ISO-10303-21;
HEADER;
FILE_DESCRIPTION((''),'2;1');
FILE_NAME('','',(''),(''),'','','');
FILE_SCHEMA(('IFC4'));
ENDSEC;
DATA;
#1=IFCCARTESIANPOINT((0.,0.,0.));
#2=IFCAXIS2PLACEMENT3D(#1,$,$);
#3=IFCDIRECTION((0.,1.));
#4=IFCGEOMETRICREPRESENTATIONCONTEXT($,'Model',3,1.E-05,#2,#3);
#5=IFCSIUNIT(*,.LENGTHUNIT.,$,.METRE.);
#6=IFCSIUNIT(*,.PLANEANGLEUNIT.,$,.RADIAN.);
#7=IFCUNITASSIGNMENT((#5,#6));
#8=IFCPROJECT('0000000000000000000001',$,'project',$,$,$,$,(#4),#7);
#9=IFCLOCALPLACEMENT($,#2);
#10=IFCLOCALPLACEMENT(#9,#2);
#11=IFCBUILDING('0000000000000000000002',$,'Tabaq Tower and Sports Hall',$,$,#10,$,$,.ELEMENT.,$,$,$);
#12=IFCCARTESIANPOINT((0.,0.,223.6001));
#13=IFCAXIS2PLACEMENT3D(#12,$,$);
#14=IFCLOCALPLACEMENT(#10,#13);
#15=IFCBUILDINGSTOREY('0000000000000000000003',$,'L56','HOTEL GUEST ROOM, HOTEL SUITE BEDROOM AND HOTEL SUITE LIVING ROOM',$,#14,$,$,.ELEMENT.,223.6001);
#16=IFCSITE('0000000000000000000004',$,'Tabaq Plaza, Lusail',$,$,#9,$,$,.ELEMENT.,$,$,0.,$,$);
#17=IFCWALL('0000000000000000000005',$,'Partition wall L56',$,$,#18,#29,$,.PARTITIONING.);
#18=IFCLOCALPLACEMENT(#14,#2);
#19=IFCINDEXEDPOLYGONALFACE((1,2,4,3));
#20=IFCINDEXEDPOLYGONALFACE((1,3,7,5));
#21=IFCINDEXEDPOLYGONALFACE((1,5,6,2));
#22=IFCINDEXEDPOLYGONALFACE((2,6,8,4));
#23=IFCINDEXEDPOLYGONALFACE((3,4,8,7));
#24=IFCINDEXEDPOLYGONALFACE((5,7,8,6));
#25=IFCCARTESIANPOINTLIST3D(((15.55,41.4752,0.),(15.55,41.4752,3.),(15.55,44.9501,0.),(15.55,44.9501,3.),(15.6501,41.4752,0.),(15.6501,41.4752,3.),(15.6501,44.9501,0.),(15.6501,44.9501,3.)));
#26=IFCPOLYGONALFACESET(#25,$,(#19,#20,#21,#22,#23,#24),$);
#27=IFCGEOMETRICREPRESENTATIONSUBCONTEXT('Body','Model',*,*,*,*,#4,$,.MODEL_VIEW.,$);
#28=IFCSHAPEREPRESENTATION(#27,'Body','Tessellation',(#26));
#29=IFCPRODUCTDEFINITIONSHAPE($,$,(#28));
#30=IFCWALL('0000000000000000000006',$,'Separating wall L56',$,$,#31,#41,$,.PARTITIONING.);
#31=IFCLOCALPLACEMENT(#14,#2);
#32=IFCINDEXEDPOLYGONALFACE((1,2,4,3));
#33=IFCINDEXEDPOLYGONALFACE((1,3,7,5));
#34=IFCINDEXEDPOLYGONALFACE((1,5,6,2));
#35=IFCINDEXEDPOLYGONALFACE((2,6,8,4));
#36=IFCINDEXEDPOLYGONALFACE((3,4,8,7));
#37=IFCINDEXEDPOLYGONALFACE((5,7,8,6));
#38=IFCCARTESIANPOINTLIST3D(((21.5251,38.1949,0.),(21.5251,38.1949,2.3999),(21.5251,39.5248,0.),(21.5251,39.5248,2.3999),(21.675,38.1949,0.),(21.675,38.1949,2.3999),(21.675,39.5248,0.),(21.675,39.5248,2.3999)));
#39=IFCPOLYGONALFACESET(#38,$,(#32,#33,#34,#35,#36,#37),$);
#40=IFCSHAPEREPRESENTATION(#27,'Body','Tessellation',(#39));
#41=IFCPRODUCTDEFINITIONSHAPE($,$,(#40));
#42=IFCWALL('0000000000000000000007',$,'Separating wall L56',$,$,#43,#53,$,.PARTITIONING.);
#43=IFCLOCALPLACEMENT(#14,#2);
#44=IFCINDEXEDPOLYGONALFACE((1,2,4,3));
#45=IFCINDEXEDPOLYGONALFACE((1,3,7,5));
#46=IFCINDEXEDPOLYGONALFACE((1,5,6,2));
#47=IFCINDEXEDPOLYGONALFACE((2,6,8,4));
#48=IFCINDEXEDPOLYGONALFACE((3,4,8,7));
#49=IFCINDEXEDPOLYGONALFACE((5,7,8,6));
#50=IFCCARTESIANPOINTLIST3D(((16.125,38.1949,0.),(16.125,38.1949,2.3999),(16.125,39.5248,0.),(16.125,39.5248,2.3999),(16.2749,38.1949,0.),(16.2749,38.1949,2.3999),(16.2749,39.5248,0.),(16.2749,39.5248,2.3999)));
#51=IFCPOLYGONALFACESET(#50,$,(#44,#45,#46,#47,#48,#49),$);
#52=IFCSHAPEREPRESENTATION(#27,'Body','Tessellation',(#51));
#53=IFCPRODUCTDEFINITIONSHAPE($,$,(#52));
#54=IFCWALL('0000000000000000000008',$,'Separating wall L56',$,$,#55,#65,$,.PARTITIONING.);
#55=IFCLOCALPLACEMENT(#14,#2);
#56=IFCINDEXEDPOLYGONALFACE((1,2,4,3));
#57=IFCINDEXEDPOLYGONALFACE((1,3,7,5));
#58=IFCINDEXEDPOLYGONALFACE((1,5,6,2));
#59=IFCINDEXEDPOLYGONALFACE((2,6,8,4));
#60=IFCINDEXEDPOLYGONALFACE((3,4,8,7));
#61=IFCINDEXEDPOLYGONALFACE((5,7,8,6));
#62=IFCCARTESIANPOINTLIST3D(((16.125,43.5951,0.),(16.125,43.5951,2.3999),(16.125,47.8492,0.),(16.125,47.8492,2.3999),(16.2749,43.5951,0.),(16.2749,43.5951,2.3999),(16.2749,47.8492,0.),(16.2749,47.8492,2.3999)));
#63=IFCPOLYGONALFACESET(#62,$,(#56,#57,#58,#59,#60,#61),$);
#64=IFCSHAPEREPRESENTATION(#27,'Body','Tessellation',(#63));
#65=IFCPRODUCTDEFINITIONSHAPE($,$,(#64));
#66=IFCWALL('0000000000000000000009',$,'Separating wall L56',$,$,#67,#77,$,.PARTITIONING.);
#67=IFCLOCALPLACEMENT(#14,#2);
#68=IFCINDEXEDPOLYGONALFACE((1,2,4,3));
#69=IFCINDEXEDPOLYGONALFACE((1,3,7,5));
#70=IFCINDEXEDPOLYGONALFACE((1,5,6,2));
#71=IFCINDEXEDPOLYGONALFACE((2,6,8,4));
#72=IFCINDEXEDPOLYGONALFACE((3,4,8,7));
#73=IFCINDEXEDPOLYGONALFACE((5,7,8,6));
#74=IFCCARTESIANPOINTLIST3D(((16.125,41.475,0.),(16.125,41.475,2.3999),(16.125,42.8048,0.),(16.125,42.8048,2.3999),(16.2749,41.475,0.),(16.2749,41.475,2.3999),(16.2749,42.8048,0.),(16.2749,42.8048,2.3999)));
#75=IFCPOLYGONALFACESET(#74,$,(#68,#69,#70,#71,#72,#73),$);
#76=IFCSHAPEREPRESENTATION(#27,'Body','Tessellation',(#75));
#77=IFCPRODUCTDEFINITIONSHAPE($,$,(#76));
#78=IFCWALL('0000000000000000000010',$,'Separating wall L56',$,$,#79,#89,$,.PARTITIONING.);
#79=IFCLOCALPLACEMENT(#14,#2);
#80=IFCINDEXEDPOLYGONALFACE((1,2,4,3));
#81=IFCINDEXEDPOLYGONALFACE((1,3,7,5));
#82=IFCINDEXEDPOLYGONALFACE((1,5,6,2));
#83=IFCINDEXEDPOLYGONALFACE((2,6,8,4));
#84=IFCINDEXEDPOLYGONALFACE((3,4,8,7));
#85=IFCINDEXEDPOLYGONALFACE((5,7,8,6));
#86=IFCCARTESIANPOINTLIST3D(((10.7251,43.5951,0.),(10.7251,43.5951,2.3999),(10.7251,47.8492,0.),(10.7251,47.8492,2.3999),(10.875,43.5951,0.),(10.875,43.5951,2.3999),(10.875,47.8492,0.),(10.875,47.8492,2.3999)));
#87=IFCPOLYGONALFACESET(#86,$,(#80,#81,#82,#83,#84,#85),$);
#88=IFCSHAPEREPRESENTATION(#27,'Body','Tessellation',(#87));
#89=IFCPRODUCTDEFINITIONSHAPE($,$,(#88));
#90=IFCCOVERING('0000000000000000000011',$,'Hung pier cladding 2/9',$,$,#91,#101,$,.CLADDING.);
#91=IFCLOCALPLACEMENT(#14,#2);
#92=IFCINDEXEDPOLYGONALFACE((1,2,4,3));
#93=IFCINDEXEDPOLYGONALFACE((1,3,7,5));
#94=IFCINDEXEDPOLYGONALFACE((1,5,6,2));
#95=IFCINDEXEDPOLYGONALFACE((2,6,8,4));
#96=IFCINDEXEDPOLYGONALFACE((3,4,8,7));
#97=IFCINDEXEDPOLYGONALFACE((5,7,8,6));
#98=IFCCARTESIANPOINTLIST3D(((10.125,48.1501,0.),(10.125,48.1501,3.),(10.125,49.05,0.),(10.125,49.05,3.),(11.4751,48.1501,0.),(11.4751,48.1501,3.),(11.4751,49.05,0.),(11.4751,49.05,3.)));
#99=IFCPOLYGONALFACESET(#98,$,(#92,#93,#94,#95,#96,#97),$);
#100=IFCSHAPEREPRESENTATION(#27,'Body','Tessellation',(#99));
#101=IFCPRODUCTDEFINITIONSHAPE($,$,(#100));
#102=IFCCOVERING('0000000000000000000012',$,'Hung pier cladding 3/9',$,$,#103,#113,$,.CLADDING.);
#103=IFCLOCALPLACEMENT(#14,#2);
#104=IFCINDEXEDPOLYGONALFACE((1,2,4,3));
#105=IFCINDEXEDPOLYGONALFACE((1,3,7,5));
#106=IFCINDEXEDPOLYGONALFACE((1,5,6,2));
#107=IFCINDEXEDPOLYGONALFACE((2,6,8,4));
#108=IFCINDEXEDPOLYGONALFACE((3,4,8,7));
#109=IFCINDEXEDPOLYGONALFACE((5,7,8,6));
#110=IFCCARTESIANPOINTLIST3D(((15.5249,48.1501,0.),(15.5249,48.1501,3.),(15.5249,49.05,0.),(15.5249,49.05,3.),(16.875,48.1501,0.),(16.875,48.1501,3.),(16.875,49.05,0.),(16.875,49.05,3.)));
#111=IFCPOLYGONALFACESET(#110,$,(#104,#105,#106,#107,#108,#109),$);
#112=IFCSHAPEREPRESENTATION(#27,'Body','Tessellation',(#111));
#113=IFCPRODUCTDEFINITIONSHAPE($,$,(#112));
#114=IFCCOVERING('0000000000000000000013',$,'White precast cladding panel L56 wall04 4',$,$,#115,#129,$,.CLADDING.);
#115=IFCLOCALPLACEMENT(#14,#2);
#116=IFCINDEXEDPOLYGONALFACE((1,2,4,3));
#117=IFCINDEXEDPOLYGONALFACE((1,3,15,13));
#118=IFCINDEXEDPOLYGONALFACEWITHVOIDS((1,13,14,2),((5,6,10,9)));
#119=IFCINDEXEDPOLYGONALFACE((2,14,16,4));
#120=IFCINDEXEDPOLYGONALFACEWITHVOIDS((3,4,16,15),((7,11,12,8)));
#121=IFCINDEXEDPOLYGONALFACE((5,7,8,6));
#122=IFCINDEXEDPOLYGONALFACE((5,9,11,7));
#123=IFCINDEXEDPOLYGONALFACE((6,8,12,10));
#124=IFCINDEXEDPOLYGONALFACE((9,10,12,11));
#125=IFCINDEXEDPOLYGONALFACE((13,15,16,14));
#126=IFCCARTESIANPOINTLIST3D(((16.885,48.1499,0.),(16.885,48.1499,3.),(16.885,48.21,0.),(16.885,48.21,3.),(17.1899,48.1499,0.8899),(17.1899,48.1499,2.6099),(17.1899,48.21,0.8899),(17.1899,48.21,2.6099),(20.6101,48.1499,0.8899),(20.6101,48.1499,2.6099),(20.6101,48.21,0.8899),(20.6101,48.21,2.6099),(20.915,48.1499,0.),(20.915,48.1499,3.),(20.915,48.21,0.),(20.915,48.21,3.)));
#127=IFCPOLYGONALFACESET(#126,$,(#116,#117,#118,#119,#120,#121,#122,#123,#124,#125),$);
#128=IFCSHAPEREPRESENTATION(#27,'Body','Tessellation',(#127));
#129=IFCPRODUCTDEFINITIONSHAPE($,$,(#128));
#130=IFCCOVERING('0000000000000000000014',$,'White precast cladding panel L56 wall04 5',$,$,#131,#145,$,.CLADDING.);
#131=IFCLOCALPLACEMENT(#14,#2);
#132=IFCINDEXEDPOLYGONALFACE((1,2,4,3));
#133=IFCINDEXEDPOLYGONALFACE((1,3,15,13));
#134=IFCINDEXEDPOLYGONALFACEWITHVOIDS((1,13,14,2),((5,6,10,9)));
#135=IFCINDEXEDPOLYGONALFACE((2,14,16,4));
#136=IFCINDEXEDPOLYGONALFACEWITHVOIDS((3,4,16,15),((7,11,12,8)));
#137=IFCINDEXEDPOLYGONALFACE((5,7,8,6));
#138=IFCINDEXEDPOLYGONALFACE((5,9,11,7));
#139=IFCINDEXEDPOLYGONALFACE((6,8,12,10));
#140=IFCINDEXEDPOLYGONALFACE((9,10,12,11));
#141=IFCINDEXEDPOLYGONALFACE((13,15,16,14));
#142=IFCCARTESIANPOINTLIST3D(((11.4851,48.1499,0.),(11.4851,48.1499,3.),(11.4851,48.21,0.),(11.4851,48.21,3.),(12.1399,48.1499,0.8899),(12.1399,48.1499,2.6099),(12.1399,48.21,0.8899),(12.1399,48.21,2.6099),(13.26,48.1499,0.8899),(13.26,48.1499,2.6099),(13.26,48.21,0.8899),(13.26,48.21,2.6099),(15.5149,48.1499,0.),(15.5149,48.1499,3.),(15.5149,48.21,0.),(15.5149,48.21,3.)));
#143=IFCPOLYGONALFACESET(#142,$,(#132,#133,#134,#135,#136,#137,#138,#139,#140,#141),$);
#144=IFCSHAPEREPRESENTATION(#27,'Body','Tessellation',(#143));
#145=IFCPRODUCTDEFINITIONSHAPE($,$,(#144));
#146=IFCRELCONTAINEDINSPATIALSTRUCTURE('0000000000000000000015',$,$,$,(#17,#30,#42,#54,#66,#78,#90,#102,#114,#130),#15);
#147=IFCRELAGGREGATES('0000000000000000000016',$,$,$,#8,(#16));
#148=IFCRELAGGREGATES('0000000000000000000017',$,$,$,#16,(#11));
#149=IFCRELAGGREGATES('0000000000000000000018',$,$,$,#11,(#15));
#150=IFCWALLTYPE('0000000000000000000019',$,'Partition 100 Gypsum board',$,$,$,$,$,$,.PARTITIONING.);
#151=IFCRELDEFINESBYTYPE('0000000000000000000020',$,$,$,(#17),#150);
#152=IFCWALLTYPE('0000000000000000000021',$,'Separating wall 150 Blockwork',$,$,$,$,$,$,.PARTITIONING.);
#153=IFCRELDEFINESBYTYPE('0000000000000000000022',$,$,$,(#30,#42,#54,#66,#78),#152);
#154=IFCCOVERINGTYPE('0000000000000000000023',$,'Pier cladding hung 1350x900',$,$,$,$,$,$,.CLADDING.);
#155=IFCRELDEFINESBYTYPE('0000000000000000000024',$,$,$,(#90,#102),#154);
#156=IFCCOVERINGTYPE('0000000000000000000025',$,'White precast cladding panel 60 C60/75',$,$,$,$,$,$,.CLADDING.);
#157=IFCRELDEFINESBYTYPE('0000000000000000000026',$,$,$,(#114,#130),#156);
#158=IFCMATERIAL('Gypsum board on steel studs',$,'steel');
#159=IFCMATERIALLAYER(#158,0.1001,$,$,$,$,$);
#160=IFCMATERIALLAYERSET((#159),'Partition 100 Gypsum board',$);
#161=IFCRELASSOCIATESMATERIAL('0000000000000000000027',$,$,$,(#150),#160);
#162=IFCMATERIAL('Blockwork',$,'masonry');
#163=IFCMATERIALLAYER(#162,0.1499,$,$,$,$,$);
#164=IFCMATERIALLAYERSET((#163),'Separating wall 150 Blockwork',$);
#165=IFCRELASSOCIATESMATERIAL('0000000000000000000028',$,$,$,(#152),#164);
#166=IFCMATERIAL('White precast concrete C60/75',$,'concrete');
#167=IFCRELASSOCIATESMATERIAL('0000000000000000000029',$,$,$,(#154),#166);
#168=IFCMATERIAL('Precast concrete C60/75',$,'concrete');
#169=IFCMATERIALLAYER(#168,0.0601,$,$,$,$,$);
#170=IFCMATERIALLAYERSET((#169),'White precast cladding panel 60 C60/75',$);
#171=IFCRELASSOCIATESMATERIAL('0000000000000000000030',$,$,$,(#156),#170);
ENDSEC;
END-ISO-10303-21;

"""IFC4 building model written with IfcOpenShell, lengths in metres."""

from ifc_helpers import new_model, si_unit, direction, frame, frame_2d, origin, place, context, subcontext, project, spatial, polyline, rectangle, outline, extrude, material, layer, layer_set, type_object, element, save


model = new_model("IFC4")

# Units and contexts
model_context = context("Model", 3, precision=1e-05, world=origin(), true_north=direction((0.0, 1.0)))
body_context = subcontext(model_context, "Body", "Model", "MODEL_VIEW")
ifc_project = project(units=[si_unit("LENGTHUNIT", "METRE"), si_unit("PLANEANGLEUNIT", "RADIAN")], contexts=[model_context])

# Site, building, storey
site_placement = place(None, origin())
site = spatial("IfcSite", under=ifc_project, at=site_placement, Name="Tabaq Plaza, Lusail", CompositionType="ELEMENT", RefElevation=0.0)
building_placement = place(site_placement, origin())
building = spatial("IfcBuilding", under=site, at=building_placement, Name="Tabaq Tower and Sports Hall", CompositionType="ELEMENT")
storey_placement = place(building_placement, frame((0.0, 0.0, 223.6001)))
storey = spatial("IfcBuildingStorey", under=building, at=storey_placement, Name="L56", Description="HOTEL GUEST ROOM, HOTEL SUITE BEDROOM AND HOTEL SUITE LIVING ROOM", CompositionType="ELEMENT", Elevation=223.6001)

# Shared definitions
ifc_material_1 = material(Name="Gypsum board on steel studs", Category="steel")
ifc_layer_1 = layer(ifc_material_1, 0.1001)
ifc_layer_set_1 = layer_set([ifc_layer_1], Name="Partition 100 Gypsum board")
wall_type_1 = type_object("IfcWallType", Name="Partition 100 Gypsum board", PredefinedType="PARTITIONING", material=ifc_layer_set_1)

# Walls
wall_1_placement = place(storey_placement, frame((15.6001, 44.95, 0.0), z_axis=(0.0, 0.0, 1.0), x_axis=(0.0, -1.0, 0.0)))
element("IfcWall", 1, at=wall_1_placement, inside=storey, type_object=wall_type_1, Name="Partition wall L56", PredefinedType="PARTITIONING", context=body_context, shape_type="SweptSolid", body=[
    extrude(rectangle(XDim=3.4749, YDim=0.1001, at=frame_2d((1.7373, 0.0))), origin(), (0.0, 0.0, 1.0), 3.0),
])
ifc_material_2 = material(Name="Blockwork", Category="masonry")
ifc_layer_2 = layer(ifc_material_2, 0.1499)
ifc_layer_set_2 = layer_set([ifc_layer_2], Name="Separating wall 150 Blockwork")
wall_type_2 = type_object("IfcWallType", Name="Separating wall 150 Blockwork", PredefinedType="PARTITIONING", material=ifc_layer_set_2)
for number, where, z_axis, x_axis, name in (
    (2, (21.6001, 39.5249, 0.0), (0.0, 0.0, 1.0), (0.0, -1.0, 0.0), "Separating wall L56"),
    (3, (16.2, 39.5249, 0.0), (0.0, 0.0, 1.0), (0.0, -1.0, 0.0), "Separating wall L56"),
):
    element("IfcWall", number, at=place(storey_placement, frame(where, z_axis=z_axis, x_axis=x_axis)), inside=storey, type_object=wall_type_2, Name=name, PredefinedType="PARTITIONING", context=body_context, shape_type="SweptSolid", body=[
        extrude(rectangle(XDim=1.3298, YDim=0.1499, at=frame_2d((0.665, 0.0))), origin(), (0.0, 0.0, 1.0), 2.3999),
    ])
wall_2_placement = place(storey_placement, frame((16.2, 47.8491, 0.0), z_axis=(0.0, 0.0, 1.0), x_axis=(0.0, -1.0, 0.0)))
element("IfcWall", 4, at=wall_2_placement, inside=storey, type_object=wall_type_2, Name="Separating wall L56", PredefinedType="PARTITIONING", context=body_context, shape_type="SweptSolid", body=[
    extrude(rectangle(XDim=4.2542, YDim=0.1499, at=frame_2d((2.127, 0.0))), origin(), (0.0, 0.0, 1.0), 2.3999),
])
wall_3_placement = place(storey_placement, frame((16.2, 42.8049, 0.0), z_axis=(0.0, 0.0, 1.0), x_axis=(0.0, -1.0, 0.0)))
element("IfcWall", 5, at=wall_3_placement, inside=storey, type_object=wall_type_2, Name="Separating wall L56", PredefinedType="PARTITIONING", context=body_context, shape_type="SweptSolid", body=[
    extrude(rectangle(XDim=1.3298, YDim=0.1499, at=frame_2d((0.665, 0.0))), origin(), (0.0, 0.0, 1.0), 2.3999),
])
wall_4_placement = place(storey_placement, frame((10.8, 47.8491, 0.0), z_axis=(0.0, 0.0, 1.0), x_axis=(0.0, -1.0, 0.0)))
element("IfcWall", 6, at=wall_4_placement, inside=storey, type_object=wall_type_2, Name="Separating wall L56", PredefinedType="PARTITIONING", context=body_context, shape_type="SweptSolid", body=[
    extrude(rectangle(XDim=4.2542, YDim=0.1499, at=frame_2d((2.127, 0.0))), origin(), (0.0, 0.0, 1.0), 2.3999),
])

# Coverings
ifc_material_3 = material(Name="White precast concrete C60/75", Category="concrete")
covering_type_1 = type_object("IfcCoveringType", Name="Pier cladding hung 1350x900", PredefinedType="CLADDING", material=ifc_material_3)
for number, where, z_axis, x_axis, name in (
    (7, (11.4751, 48.6001, 0.0), (0.0, 0.0, 1.0), (-1.0, 0.0, 0.0), "Hung pier cladding 2/9"),
    (8, (16.875, 48.6001, 0.0), (0.0, 0.0, 1.0), (-1.0, 0.0, 0.0), "Hung pier cladding 3/9"),
):
    element("IfcCovering", number, at=place(storey_placement, frame(where, z_axis=z_axis, x_axis=x_axis)), inside=storey, type_object=covering_type_1, Name=name, PredefinedType="CLADDING", context=body_context, shape_type="SweptSolid", body=[
        extrude(rectangle(XDim=1.3501, YDim=0.8999, at=frame_2d((0.675, 0.0))), origin(), (0.0, 0.0, 1.0), 3.0),
    ])
ifc_material_4 = material(Name="Precast concrete C60/75", Category="concrete")
ifc_layer_3 = layer(ifc_material_4, 0.0601)
ifc_layer_set_3 = layer_set([ifc_layer_3], Name="White precast cladding panel 60 C60/75")
covering_type_2 = type_object("IfcCoveringType", Name="White precast cladding panel 60 C60/75", PredefinedType="CLADDING", material=ifc_layer_set_3)
covering_1_placement = place(storey_placement, frame((20.915, 48.1799, 0.0), z_axis=(0.0, 0.0, 1.0), x_axis=(-1.0, 0.0, 0.0)))
element("IfcCovering", 9, at=covering_1_placement, inside=storey, type_object=covering_type_2, Name="White precast cladding panel L56 wall04 4", PredefinedType="CLADDING", context=body_context, shape_type="SweptSolid", body=[
    extrude(outline(polyline([(0.0, 0.0), (4.03, 0.0), (4.03, 3.0), (0.0, 3.0), (0.0, 0.0)]), holes=[polyline([(0.3049, 0.8899), (0.3049, 2.6099), (3.7251, 2.6099), (3.7251, 0.8899), (0.3049, 0.8899)])]), frame((0.0, 0.03, 0.0), z_axis=(0.0, -1.0, 0.0), x_axis=(1.0, 0.0, 0.0)), (0.0, 0.0, 1.0), 0.0601),
])
covering_2_placement = place(storey_placement, frame((15.5149, 48.1799, 0.0), z_axis=(0.0, 0.0, 1.0), x_axis=(-1.0, 0.0, 0.0)))
element("IfcCovering", 10, at=covering_2_placement, inside=storey, type_object=covering_type_2, Name="White precast cladding panel L56 wall04 5", PredefinedType="CLADDING", context=body_context, shape_type="SweptSolid", body=[
    extrude(outline(polyline([(0.0, 0.0), (4.0298, 0.0), (4.0298, 3.0), (0.0, 3.0), (0.0, 0.0)]), holes=[polyline([(2.2549, 0.8899), (2.2549, 2.6099), (3.375, 2.6099), (3.375, 0.8899), (2.2549, 0.8899)])]), frame((0.0, 0.03, 0.0), z_axis=(0.0, -1.0, 0.0), x_axis=(1.0, 0.0, 0.0)), (0.0, 0.0, 1.0), 0.0601),
])

save(model, "model.ifc")
